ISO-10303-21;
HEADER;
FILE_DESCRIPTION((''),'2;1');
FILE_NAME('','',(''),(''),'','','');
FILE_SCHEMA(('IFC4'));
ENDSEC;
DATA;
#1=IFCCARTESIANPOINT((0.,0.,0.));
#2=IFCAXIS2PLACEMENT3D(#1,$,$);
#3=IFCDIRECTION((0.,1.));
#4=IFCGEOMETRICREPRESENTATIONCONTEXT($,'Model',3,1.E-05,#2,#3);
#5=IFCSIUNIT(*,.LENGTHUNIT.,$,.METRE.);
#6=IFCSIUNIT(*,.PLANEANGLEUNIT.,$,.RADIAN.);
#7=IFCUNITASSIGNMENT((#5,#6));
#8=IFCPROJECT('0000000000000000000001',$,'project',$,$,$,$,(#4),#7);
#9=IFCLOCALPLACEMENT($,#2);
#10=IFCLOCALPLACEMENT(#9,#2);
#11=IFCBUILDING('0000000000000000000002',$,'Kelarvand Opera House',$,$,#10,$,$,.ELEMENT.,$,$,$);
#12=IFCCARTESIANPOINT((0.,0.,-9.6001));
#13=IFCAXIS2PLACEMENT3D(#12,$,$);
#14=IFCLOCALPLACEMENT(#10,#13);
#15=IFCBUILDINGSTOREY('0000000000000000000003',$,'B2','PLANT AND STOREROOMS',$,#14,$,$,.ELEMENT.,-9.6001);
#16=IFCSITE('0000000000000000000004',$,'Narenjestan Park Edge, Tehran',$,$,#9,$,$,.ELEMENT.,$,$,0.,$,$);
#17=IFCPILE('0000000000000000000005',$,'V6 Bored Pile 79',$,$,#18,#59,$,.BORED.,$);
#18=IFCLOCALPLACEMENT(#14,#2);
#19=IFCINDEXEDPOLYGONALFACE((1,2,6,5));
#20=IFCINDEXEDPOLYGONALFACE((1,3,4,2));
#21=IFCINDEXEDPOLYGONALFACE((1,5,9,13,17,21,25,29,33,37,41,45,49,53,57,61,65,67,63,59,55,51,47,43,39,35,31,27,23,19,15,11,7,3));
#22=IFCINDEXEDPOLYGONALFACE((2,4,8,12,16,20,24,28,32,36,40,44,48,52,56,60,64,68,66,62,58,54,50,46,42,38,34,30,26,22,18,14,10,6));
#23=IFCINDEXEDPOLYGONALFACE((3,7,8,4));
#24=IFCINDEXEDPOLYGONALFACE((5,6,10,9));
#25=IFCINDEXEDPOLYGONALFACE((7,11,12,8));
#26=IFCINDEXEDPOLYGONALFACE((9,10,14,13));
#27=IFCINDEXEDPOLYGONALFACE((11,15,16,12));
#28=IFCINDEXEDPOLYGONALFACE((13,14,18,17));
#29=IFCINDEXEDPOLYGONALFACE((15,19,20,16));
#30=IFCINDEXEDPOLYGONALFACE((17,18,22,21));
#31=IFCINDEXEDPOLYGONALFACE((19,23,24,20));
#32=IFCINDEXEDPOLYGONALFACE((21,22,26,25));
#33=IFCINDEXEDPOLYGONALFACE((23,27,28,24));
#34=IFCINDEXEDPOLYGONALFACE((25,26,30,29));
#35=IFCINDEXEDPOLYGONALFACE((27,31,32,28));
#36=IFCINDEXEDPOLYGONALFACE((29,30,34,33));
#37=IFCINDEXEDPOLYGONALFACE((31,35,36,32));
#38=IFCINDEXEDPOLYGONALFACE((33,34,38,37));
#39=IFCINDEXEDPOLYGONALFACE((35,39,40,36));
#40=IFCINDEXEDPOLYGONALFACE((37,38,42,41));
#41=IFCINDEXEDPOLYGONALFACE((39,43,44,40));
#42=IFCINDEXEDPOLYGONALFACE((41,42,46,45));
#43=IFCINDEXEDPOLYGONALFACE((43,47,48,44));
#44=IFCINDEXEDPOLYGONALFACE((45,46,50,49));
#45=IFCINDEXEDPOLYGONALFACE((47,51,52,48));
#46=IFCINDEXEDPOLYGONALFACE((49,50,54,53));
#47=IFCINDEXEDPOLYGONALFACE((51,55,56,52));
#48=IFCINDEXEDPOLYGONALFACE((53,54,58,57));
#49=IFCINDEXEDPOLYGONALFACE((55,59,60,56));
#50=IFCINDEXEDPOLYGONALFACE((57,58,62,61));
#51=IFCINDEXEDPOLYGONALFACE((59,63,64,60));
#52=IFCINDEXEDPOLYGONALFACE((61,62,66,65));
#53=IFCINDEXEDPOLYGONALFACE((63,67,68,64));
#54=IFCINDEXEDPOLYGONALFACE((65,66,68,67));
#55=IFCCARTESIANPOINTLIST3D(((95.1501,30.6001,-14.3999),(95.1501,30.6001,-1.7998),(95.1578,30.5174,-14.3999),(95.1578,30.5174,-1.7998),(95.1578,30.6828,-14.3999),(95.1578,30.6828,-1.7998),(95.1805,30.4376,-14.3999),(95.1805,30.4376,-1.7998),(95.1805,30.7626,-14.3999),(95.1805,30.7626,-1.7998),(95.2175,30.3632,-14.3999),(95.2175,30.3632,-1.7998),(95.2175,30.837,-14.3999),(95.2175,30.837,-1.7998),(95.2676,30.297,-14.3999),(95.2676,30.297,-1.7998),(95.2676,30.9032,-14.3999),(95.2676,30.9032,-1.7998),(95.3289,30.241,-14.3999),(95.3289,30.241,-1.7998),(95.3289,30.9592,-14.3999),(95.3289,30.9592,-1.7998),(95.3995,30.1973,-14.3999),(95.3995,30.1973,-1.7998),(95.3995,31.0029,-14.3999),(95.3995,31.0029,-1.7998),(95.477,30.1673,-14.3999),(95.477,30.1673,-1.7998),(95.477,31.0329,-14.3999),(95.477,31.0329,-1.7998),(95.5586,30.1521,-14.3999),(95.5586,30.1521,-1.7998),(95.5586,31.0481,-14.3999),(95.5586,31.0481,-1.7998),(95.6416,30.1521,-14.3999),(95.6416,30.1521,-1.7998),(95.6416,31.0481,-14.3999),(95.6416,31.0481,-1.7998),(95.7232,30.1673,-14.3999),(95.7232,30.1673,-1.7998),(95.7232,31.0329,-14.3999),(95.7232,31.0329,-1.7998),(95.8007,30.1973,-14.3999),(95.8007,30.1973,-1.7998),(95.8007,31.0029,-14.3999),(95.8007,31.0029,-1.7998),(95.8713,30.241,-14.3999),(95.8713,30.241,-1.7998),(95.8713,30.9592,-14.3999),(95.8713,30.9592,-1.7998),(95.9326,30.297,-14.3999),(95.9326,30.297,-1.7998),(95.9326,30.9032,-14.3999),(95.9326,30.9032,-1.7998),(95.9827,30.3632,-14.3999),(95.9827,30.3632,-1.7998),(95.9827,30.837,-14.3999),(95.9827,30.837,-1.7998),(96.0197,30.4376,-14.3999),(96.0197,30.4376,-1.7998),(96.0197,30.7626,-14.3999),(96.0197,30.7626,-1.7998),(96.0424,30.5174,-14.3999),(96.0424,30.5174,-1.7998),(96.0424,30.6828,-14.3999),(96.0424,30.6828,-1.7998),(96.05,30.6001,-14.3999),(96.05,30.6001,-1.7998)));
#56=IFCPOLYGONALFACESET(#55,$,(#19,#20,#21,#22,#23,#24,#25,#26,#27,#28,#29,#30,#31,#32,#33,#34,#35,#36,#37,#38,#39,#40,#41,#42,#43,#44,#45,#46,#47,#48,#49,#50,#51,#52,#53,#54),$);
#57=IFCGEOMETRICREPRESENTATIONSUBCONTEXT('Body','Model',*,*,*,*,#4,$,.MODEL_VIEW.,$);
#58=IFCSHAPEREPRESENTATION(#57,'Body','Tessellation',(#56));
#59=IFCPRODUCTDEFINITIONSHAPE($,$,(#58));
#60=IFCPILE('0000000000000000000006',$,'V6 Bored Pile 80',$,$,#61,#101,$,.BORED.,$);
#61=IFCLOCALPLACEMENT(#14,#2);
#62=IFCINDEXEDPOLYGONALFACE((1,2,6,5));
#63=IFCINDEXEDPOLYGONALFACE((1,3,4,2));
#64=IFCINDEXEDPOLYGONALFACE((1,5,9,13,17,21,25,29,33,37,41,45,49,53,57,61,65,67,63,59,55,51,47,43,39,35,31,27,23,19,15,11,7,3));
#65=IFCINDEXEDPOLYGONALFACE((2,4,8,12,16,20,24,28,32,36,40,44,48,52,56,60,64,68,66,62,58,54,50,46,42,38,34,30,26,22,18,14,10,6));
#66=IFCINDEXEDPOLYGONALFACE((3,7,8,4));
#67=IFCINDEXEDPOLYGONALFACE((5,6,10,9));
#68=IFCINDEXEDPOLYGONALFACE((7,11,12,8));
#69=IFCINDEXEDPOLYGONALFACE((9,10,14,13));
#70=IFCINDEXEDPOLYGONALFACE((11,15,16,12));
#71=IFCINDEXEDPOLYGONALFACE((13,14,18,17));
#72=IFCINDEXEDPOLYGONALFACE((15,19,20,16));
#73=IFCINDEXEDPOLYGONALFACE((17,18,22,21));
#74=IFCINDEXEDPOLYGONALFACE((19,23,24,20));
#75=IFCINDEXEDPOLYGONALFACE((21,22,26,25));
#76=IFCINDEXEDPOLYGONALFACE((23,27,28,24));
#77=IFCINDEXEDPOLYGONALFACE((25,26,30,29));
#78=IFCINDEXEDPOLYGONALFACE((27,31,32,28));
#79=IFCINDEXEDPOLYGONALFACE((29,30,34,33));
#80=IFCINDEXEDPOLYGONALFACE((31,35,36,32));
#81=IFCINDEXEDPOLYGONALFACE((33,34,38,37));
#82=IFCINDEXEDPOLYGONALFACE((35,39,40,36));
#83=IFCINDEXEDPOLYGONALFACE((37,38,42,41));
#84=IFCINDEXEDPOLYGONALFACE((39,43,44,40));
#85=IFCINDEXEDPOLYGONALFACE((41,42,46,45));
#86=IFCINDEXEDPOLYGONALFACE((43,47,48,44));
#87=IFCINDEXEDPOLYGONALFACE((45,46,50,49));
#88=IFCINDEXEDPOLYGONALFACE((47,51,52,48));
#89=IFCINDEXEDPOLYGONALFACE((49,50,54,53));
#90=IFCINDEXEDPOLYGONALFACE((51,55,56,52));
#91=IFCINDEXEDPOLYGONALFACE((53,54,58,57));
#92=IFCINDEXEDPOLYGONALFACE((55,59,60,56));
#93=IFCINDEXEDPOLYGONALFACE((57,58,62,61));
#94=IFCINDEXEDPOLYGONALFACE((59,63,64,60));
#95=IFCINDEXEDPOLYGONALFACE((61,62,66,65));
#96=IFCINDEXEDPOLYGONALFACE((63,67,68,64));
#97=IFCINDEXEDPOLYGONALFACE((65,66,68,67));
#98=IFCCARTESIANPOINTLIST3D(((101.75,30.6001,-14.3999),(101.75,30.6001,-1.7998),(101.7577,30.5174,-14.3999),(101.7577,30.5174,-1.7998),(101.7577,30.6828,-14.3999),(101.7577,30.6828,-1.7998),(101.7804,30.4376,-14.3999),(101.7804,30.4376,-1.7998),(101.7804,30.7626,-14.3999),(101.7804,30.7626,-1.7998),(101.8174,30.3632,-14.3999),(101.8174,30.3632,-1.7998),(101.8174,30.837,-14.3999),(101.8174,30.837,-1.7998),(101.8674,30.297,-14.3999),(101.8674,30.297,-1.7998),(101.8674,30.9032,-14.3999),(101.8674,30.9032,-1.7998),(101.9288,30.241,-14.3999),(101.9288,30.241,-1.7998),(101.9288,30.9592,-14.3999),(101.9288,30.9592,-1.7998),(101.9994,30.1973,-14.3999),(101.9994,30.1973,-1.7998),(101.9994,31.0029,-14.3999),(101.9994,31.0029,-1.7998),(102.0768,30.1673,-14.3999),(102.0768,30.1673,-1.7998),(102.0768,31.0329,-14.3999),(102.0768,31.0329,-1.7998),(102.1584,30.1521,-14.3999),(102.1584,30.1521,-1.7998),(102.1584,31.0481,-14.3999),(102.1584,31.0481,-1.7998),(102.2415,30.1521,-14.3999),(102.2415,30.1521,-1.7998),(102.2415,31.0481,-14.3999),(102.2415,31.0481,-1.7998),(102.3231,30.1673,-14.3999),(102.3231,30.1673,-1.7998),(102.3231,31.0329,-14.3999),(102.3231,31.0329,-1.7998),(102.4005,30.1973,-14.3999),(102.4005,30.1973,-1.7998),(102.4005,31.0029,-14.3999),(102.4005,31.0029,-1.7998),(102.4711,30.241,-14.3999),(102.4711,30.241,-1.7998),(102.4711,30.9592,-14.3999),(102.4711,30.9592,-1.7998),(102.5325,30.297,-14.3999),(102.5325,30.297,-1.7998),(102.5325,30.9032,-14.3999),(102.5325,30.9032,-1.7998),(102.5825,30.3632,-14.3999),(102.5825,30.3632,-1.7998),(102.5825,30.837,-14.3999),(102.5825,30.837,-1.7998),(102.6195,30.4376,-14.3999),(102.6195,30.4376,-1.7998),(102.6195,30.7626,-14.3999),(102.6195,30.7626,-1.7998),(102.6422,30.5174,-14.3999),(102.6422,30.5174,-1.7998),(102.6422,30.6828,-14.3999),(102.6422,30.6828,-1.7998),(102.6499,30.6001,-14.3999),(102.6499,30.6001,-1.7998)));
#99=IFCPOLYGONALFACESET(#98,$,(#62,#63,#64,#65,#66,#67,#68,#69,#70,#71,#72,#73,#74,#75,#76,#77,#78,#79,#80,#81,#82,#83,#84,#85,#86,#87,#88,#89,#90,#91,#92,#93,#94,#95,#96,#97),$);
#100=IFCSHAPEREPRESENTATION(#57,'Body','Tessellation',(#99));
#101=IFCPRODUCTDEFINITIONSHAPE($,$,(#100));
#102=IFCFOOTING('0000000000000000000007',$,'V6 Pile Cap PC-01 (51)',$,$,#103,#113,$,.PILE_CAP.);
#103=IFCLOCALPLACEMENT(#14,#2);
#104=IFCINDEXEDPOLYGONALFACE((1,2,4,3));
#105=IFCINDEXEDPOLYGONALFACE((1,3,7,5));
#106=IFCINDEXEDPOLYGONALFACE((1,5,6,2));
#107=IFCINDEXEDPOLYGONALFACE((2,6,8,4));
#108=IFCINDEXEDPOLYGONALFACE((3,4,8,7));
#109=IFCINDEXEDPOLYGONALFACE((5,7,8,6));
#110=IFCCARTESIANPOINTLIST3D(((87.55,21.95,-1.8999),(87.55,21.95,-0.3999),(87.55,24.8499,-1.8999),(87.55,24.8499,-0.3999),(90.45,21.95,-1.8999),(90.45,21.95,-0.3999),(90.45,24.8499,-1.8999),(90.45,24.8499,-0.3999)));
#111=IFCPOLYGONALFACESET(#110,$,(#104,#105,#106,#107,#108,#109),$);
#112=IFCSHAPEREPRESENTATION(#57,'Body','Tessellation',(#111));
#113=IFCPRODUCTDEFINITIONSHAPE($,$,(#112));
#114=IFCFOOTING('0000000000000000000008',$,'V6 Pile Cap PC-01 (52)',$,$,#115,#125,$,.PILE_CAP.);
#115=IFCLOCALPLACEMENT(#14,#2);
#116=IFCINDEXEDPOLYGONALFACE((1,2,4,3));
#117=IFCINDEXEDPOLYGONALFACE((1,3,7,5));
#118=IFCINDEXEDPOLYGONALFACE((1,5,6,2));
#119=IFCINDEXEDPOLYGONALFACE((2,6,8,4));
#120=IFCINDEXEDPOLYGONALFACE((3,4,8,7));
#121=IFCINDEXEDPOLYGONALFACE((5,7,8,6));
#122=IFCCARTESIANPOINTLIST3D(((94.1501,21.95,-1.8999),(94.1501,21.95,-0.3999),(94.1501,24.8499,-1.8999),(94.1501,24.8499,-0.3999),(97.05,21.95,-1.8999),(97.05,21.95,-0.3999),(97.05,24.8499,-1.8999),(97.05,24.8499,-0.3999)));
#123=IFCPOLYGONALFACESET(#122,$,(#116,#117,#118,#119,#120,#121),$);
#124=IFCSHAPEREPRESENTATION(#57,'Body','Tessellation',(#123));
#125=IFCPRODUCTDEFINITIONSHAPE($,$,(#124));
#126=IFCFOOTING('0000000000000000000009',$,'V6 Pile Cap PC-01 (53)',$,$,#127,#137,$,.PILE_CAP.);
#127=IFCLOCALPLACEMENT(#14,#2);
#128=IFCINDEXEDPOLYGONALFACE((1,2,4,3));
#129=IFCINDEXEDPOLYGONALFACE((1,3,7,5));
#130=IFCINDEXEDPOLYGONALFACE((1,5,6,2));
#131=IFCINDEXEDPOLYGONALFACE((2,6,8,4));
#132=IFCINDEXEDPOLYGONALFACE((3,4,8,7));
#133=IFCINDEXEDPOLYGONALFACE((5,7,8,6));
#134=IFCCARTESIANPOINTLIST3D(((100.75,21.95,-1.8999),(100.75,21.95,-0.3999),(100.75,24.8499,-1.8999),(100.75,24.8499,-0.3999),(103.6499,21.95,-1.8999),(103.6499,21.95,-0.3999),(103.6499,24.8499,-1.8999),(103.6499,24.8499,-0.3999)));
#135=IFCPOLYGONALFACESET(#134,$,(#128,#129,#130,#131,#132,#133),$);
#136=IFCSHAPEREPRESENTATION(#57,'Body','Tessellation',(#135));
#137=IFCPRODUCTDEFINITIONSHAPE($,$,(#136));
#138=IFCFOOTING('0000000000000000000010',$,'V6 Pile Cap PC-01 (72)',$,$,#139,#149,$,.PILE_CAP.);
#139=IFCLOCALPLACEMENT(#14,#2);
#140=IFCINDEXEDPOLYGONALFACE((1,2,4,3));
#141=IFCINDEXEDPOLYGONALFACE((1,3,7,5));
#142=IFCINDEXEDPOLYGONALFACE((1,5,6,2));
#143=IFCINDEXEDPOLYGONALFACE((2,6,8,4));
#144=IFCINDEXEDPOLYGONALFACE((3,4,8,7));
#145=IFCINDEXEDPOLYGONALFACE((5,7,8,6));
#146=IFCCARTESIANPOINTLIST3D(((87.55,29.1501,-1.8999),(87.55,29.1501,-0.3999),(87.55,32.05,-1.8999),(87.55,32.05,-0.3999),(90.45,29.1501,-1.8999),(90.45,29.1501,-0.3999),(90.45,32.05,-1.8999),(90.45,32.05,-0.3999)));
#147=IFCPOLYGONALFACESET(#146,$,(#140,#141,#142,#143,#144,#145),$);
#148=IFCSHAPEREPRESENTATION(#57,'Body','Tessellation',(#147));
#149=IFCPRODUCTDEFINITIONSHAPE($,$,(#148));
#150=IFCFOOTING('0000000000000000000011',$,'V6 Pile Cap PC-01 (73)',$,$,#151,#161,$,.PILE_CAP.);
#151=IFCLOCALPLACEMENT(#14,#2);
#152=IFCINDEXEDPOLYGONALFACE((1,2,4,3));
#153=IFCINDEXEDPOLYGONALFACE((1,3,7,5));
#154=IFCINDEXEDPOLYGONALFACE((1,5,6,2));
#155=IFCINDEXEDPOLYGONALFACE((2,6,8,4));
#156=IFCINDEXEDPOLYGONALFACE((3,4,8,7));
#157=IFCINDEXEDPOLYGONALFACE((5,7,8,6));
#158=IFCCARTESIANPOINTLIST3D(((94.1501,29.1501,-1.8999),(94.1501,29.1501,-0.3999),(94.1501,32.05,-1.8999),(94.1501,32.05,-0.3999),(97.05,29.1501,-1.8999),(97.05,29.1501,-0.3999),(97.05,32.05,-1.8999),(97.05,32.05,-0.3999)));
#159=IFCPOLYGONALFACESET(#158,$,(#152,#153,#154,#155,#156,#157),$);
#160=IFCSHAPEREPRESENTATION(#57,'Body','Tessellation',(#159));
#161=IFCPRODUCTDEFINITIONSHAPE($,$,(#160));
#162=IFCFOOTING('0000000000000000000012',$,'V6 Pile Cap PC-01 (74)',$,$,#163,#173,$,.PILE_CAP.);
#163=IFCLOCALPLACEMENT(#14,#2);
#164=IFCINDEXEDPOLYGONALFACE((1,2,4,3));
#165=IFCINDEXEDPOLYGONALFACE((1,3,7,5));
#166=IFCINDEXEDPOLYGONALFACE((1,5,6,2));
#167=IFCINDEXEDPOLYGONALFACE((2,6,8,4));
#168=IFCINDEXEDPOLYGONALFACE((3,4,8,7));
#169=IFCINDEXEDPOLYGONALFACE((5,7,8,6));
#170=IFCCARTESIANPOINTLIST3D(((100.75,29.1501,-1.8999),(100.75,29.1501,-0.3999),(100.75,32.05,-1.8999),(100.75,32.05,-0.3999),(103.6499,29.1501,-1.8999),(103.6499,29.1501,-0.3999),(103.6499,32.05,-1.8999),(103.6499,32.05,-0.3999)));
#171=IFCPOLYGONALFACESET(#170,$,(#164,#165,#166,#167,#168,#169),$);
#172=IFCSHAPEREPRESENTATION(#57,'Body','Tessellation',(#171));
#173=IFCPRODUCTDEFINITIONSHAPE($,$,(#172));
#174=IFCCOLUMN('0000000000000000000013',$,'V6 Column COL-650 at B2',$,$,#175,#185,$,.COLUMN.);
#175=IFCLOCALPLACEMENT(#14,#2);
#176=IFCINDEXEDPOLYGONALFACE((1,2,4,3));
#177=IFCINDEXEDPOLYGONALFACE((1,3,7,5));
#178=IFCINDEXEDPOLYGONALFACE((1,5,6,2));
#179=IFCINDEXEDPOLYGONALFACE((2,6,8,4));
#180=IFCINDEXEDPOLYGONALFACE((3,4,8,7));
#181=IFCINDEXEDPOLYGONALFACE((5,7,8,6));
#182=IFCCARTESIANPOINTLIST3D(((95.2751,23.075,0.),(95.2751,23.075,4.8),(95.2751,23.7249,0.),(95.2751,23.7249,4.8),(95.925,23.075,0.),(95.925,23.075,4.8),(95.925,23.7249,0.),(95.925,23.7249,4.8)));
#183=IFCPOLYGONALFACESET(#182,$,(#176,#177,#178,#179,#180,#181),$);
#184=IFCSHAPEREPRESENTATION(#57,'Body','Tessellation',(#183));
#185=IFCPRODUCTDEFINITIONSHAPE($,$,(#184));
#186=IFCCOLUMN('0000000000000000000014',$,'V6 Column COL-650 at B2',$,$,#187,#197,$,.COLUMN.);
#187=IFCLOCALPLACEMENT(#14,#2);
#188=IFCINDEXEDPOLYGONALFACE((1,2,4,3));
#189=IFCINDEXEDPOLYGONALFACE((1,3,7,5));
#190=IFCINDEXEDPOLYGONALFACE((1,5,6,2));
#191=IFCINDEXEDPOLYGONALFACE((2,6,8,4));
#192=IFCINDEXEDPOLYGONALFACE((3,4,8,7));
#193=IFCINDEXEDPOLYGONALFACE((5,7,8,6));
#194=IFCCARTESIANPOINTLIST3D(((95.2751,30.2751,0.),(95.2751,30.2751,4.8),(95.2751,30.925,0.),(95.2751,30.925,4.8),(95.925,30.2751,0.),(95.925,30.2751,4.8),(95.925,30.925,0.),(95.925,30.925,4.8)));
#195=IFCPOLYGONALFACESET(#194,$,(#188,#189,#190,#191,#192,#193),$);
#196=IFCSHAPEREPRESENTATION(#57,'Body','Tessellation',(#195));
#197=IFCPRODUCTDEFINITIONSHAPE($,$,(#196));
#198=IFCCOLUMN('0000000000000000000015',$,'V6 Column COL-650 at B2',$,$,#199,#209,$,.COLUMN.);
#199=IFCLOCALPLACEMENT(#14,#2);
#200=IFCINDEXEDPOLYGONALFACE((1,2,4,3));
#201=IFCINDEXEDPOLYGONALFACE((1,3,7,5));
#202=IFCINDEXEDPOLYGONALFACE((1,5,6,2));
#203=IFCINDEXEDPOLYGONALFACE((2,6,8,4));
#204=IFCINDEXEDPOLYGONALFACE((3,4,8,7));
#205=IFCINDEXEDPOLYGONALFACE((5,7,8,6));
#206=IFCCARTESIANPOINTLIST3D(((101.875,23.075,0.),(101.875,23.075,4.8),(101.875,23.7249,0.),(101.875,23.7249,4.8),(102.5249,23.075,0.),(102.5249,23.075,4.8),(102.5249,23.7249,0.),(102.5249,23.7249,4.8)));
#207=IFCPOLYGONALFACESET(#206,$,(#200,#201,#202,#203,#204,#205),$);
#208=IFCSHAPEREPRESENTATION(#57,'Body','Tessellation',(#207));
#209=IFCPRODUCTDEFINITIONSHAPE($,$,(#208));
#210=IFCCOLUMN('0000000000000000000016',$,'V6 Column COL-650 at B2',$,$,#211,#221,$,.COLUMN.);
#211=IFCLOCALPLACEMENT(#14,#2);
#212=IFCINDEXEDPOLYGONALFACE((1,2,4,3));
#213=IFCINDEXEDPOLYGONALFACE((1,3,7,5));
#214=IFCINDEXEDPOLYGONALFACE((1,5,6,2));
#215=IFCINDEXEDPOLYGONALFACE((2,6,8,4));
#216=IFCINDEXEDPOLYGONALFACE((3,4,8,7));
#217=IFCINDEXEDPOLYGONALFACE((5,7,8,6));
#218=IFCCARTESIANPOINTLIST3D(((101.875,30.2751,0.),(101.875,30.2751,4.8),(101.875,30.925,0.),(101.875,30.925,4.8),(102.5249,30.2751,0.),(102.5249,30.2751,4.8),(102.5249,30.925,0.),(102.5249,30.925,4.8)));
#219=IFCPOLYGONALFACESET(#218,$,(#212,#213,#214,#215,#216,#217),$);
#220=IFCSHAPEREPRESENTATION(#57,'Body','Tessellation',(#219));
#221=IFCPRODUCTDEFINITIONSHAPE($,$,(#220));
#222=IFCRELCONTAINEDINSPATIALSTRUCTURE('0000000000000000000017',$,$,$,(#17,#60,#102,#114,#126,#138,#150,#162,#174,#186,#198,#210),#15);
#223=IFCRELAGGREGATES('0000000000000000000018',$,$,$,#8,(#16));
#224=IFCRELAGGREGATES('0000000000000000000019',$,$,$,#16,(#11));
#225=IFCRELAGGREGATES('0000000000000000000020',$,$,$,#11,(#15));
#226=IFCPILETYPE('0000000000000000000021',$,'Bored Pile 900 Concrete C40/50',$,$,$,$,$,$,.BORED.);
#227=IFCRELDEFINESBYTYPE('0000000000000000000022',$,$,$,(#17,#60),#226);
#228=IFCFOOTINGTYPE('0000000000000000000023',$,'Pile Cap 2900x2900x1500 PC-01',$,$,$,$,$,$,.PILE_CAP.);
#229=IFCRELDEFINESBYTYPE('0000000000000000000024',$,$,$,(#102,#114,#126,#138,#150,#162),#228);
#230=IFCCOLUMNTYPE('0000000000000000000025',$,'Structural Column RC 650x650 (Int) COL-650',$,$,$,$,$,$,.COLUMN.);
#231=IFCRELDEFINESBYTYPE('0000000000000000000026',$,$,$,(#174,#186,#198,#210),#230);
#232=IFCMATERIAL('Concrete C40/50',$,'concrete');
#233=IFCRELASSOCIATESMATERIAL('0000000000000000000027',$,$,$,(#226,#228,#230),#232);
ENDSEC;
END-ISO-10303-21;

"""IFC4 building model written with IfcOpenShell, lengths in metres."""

from ifc_helpers import new_model, si_unit, direction, frame, origin, origin_2d, place, context, subcontext, project, spatial, rectangle, circle, extrude, material, material_profile, profile_set, type_object, element, save


model = new_model("IFC4")

# Units and contexts
model_context = context("Model", 3, precision=1e-05, world=origin(), true_north=direction((0.0, 1.0)))
body_context = subcontext(model_context, "Body", "Model", "MODEL_VIEW")
ifc_project = project(units=[si_unit("LENGTHUNIT", "METRE"), si_unit("PLANEANGLEUNIT", "RADIAN")], contexts=[model_context])

# Site, building, storey
site_placement = place(None, origin())
site = spatial("IfcSite", under=ifc_project, at=site_placement, Name="Narenjestan Park Edge, Tehran", CompositionType="ELEMENT", RefElevation=0.0)
building_placement = place(site_placement, origin())
building = spatial("IfcBuilding", under=site, at=building_placement, Name="Kelarvand Opera House", CompositionType="ELEMENT")
storey_placement = place(building_placement, frame((0.0, 0.0, -9.6001)))
storey = spatial("IfcBuildingStorey", under=building, at=storey_placement, Name="B2", Description="PLANT AND STOREROOMS", CompositionType="ELEMENT", Elevation=-9.6001)

# Piles
ifc_material_1 = material(Name="Concrete C40/50", Category="concrete")
ifc_material_profile_1 = material_profile(ifc_material_1, circle(Radius=0.45, at=origin_2d()), Name="BP 900", Category="concrete")
ifc_profile_set_1 = profile_set([ifc_material_profile_1], Name="Concrete C40/50")
pile_type = type_object("IfcPileType", Name="Bored Pile 900 Concrete C40/50", PredefinedType="BORED", material=ifc_profile_set_1)
for number, where, z_axis, x_axis, name in (
    (1, (95.6001, 30.6001, -1.7998), (0.0, 0.0, -1.0), (1.0, 0.0, 0.0), "V6 Bored Pile 79"),
    (2, (102.2, 30.6001, -1.7998), (0.0, 0.0, -1.0), (1.0, 0.0, 0.0), "V6 Bored Pile 80"),
):
    element("IfcPile", number, at=place(storey_placement, frame(where, z_axis=z_axis, x_axis=x_axis)), inside=storey, type_object=pile_type, Name=name, PredefinedType="BORED", context=body_context, shape_type="SweptSolid", body=[
        extrude(circle(Radius=0.45, at=origin_2d()), origin(), (0.0, 0.0, 1.0), 12.6001),
    ])

# Footings
footing_type = type_object("IfcFootingType", Name="Pile Cap 2900x2900x1500 PC-01", PredefinedType="PILE_CAP", material=ifc_material_1)
for number, where, z_axis, x_axis, name in (
    (3, (89.0, 23.3999, -1.8999), (0.0, 0.0, 1.0), (1.0, 0.0, 0.0), "V6 Pile Cap PC-01 (51)"),
    (4, (95.6001, 23.3999, -1.8999), (0.0, 0.0, 1.0), (1.0, 0.0, 0.0), "V6 Pile Cap PC-01 (52)"),
    (5, (102.2, 23.3999, -1.8999), (0.0, 0.0, 1.0), (1.0, 0.0, 0.0), "V6 Pile Cap PC-01 (53)"),
    (6, (89.0, 30.6001, -1.8999), (0.0, 0.0, 1.0), (1.0, 0.0, 0.0), "V6 Pile Cap PC-01 (72)"),
    (7, (95.6001, 30.6001, -1.8999), (0.0, 0.0, 1.0), (1.0, 0.0, 0.0), "V6 Pile Cap PC-01 (73)"),
    (8, (102.2, 30.6001, -1.8999), (0.0, 0.0, 1.0), (1.0, 0.0, 0.0), "V6 Pile Cap PC-01 (74)"),
):
    element("IfcFooting", number, at=place(storey_placement, frame(where, z_axis=z_axis, x_axis=x_axis)), inside=storey, type_object=footing_type, Name=name, PredefinedType="PILE_CAP", context=body_context, shape_type="SweptSolid", body=[
        extrude(rectangle(XDim=2.8999, YDim=2.8999, at=origin_2d()), origin(), (0.0, 0.0, 1.0), 1.5),
    ])

# Columns
ifc_material_profile_2 = material_profile(ifc_material_1, rectangle(XDim=0.6499, YDim=0.6499, at=origin_2d()), Name="RC 650x650", Category="concrete")
ifc_profile_set_2 = profile_set([ifc_material_profile_2], Name="Concrete C40/50")
column_type_1 = type_object("IfcColumnType", Name="Structural Column RC 650x650 (Int) COL-650", PredefinedType="COLUMN", material=ifc_profile_set_2)
for number, where, z_axis, x_axis, name in (
    (9, (95.6001, 23.3999, 0.0), (0.0, 0.0, 1.0), (1.0, 0.0, 0.0), "V6 Column COL-650 at B2"),
    (10, (95.6001, 30.6001, 0.0), (0.0, 0.0, 1.0), (1.0, 0.0, 0.0), "V6 Column COL-650 at B2"),
    (11, (102.2, 23.3999, 0.0), (0.0, 0.0, 1.0), (1.0, 0.0, 0.0), "V6 Column COL-650 at B2"),
    (12, (102.2, 30.6001, 0.0), (0.0, 0.0, 1.0), (1.0, 0.0, 0.0), "V6 Column COL-650 at B2"),
):
    element("IfcColumn", number, at=place(storey_placement, frame(where, z_axis=z_axis, x_axis=x_axis)), inside=storey, type_object=column_type_1, Name=name, PredefinedType="COLUMN", context=body_context, shape_type="SweptSolid", body=[
        extrude(rectangle(XDim=0.6499, YDim=0.6499, at=origin_2d()), origin(), (0.0, 0.0, 1.0), 4.8),
    ])

save(model, "model.ifc")
